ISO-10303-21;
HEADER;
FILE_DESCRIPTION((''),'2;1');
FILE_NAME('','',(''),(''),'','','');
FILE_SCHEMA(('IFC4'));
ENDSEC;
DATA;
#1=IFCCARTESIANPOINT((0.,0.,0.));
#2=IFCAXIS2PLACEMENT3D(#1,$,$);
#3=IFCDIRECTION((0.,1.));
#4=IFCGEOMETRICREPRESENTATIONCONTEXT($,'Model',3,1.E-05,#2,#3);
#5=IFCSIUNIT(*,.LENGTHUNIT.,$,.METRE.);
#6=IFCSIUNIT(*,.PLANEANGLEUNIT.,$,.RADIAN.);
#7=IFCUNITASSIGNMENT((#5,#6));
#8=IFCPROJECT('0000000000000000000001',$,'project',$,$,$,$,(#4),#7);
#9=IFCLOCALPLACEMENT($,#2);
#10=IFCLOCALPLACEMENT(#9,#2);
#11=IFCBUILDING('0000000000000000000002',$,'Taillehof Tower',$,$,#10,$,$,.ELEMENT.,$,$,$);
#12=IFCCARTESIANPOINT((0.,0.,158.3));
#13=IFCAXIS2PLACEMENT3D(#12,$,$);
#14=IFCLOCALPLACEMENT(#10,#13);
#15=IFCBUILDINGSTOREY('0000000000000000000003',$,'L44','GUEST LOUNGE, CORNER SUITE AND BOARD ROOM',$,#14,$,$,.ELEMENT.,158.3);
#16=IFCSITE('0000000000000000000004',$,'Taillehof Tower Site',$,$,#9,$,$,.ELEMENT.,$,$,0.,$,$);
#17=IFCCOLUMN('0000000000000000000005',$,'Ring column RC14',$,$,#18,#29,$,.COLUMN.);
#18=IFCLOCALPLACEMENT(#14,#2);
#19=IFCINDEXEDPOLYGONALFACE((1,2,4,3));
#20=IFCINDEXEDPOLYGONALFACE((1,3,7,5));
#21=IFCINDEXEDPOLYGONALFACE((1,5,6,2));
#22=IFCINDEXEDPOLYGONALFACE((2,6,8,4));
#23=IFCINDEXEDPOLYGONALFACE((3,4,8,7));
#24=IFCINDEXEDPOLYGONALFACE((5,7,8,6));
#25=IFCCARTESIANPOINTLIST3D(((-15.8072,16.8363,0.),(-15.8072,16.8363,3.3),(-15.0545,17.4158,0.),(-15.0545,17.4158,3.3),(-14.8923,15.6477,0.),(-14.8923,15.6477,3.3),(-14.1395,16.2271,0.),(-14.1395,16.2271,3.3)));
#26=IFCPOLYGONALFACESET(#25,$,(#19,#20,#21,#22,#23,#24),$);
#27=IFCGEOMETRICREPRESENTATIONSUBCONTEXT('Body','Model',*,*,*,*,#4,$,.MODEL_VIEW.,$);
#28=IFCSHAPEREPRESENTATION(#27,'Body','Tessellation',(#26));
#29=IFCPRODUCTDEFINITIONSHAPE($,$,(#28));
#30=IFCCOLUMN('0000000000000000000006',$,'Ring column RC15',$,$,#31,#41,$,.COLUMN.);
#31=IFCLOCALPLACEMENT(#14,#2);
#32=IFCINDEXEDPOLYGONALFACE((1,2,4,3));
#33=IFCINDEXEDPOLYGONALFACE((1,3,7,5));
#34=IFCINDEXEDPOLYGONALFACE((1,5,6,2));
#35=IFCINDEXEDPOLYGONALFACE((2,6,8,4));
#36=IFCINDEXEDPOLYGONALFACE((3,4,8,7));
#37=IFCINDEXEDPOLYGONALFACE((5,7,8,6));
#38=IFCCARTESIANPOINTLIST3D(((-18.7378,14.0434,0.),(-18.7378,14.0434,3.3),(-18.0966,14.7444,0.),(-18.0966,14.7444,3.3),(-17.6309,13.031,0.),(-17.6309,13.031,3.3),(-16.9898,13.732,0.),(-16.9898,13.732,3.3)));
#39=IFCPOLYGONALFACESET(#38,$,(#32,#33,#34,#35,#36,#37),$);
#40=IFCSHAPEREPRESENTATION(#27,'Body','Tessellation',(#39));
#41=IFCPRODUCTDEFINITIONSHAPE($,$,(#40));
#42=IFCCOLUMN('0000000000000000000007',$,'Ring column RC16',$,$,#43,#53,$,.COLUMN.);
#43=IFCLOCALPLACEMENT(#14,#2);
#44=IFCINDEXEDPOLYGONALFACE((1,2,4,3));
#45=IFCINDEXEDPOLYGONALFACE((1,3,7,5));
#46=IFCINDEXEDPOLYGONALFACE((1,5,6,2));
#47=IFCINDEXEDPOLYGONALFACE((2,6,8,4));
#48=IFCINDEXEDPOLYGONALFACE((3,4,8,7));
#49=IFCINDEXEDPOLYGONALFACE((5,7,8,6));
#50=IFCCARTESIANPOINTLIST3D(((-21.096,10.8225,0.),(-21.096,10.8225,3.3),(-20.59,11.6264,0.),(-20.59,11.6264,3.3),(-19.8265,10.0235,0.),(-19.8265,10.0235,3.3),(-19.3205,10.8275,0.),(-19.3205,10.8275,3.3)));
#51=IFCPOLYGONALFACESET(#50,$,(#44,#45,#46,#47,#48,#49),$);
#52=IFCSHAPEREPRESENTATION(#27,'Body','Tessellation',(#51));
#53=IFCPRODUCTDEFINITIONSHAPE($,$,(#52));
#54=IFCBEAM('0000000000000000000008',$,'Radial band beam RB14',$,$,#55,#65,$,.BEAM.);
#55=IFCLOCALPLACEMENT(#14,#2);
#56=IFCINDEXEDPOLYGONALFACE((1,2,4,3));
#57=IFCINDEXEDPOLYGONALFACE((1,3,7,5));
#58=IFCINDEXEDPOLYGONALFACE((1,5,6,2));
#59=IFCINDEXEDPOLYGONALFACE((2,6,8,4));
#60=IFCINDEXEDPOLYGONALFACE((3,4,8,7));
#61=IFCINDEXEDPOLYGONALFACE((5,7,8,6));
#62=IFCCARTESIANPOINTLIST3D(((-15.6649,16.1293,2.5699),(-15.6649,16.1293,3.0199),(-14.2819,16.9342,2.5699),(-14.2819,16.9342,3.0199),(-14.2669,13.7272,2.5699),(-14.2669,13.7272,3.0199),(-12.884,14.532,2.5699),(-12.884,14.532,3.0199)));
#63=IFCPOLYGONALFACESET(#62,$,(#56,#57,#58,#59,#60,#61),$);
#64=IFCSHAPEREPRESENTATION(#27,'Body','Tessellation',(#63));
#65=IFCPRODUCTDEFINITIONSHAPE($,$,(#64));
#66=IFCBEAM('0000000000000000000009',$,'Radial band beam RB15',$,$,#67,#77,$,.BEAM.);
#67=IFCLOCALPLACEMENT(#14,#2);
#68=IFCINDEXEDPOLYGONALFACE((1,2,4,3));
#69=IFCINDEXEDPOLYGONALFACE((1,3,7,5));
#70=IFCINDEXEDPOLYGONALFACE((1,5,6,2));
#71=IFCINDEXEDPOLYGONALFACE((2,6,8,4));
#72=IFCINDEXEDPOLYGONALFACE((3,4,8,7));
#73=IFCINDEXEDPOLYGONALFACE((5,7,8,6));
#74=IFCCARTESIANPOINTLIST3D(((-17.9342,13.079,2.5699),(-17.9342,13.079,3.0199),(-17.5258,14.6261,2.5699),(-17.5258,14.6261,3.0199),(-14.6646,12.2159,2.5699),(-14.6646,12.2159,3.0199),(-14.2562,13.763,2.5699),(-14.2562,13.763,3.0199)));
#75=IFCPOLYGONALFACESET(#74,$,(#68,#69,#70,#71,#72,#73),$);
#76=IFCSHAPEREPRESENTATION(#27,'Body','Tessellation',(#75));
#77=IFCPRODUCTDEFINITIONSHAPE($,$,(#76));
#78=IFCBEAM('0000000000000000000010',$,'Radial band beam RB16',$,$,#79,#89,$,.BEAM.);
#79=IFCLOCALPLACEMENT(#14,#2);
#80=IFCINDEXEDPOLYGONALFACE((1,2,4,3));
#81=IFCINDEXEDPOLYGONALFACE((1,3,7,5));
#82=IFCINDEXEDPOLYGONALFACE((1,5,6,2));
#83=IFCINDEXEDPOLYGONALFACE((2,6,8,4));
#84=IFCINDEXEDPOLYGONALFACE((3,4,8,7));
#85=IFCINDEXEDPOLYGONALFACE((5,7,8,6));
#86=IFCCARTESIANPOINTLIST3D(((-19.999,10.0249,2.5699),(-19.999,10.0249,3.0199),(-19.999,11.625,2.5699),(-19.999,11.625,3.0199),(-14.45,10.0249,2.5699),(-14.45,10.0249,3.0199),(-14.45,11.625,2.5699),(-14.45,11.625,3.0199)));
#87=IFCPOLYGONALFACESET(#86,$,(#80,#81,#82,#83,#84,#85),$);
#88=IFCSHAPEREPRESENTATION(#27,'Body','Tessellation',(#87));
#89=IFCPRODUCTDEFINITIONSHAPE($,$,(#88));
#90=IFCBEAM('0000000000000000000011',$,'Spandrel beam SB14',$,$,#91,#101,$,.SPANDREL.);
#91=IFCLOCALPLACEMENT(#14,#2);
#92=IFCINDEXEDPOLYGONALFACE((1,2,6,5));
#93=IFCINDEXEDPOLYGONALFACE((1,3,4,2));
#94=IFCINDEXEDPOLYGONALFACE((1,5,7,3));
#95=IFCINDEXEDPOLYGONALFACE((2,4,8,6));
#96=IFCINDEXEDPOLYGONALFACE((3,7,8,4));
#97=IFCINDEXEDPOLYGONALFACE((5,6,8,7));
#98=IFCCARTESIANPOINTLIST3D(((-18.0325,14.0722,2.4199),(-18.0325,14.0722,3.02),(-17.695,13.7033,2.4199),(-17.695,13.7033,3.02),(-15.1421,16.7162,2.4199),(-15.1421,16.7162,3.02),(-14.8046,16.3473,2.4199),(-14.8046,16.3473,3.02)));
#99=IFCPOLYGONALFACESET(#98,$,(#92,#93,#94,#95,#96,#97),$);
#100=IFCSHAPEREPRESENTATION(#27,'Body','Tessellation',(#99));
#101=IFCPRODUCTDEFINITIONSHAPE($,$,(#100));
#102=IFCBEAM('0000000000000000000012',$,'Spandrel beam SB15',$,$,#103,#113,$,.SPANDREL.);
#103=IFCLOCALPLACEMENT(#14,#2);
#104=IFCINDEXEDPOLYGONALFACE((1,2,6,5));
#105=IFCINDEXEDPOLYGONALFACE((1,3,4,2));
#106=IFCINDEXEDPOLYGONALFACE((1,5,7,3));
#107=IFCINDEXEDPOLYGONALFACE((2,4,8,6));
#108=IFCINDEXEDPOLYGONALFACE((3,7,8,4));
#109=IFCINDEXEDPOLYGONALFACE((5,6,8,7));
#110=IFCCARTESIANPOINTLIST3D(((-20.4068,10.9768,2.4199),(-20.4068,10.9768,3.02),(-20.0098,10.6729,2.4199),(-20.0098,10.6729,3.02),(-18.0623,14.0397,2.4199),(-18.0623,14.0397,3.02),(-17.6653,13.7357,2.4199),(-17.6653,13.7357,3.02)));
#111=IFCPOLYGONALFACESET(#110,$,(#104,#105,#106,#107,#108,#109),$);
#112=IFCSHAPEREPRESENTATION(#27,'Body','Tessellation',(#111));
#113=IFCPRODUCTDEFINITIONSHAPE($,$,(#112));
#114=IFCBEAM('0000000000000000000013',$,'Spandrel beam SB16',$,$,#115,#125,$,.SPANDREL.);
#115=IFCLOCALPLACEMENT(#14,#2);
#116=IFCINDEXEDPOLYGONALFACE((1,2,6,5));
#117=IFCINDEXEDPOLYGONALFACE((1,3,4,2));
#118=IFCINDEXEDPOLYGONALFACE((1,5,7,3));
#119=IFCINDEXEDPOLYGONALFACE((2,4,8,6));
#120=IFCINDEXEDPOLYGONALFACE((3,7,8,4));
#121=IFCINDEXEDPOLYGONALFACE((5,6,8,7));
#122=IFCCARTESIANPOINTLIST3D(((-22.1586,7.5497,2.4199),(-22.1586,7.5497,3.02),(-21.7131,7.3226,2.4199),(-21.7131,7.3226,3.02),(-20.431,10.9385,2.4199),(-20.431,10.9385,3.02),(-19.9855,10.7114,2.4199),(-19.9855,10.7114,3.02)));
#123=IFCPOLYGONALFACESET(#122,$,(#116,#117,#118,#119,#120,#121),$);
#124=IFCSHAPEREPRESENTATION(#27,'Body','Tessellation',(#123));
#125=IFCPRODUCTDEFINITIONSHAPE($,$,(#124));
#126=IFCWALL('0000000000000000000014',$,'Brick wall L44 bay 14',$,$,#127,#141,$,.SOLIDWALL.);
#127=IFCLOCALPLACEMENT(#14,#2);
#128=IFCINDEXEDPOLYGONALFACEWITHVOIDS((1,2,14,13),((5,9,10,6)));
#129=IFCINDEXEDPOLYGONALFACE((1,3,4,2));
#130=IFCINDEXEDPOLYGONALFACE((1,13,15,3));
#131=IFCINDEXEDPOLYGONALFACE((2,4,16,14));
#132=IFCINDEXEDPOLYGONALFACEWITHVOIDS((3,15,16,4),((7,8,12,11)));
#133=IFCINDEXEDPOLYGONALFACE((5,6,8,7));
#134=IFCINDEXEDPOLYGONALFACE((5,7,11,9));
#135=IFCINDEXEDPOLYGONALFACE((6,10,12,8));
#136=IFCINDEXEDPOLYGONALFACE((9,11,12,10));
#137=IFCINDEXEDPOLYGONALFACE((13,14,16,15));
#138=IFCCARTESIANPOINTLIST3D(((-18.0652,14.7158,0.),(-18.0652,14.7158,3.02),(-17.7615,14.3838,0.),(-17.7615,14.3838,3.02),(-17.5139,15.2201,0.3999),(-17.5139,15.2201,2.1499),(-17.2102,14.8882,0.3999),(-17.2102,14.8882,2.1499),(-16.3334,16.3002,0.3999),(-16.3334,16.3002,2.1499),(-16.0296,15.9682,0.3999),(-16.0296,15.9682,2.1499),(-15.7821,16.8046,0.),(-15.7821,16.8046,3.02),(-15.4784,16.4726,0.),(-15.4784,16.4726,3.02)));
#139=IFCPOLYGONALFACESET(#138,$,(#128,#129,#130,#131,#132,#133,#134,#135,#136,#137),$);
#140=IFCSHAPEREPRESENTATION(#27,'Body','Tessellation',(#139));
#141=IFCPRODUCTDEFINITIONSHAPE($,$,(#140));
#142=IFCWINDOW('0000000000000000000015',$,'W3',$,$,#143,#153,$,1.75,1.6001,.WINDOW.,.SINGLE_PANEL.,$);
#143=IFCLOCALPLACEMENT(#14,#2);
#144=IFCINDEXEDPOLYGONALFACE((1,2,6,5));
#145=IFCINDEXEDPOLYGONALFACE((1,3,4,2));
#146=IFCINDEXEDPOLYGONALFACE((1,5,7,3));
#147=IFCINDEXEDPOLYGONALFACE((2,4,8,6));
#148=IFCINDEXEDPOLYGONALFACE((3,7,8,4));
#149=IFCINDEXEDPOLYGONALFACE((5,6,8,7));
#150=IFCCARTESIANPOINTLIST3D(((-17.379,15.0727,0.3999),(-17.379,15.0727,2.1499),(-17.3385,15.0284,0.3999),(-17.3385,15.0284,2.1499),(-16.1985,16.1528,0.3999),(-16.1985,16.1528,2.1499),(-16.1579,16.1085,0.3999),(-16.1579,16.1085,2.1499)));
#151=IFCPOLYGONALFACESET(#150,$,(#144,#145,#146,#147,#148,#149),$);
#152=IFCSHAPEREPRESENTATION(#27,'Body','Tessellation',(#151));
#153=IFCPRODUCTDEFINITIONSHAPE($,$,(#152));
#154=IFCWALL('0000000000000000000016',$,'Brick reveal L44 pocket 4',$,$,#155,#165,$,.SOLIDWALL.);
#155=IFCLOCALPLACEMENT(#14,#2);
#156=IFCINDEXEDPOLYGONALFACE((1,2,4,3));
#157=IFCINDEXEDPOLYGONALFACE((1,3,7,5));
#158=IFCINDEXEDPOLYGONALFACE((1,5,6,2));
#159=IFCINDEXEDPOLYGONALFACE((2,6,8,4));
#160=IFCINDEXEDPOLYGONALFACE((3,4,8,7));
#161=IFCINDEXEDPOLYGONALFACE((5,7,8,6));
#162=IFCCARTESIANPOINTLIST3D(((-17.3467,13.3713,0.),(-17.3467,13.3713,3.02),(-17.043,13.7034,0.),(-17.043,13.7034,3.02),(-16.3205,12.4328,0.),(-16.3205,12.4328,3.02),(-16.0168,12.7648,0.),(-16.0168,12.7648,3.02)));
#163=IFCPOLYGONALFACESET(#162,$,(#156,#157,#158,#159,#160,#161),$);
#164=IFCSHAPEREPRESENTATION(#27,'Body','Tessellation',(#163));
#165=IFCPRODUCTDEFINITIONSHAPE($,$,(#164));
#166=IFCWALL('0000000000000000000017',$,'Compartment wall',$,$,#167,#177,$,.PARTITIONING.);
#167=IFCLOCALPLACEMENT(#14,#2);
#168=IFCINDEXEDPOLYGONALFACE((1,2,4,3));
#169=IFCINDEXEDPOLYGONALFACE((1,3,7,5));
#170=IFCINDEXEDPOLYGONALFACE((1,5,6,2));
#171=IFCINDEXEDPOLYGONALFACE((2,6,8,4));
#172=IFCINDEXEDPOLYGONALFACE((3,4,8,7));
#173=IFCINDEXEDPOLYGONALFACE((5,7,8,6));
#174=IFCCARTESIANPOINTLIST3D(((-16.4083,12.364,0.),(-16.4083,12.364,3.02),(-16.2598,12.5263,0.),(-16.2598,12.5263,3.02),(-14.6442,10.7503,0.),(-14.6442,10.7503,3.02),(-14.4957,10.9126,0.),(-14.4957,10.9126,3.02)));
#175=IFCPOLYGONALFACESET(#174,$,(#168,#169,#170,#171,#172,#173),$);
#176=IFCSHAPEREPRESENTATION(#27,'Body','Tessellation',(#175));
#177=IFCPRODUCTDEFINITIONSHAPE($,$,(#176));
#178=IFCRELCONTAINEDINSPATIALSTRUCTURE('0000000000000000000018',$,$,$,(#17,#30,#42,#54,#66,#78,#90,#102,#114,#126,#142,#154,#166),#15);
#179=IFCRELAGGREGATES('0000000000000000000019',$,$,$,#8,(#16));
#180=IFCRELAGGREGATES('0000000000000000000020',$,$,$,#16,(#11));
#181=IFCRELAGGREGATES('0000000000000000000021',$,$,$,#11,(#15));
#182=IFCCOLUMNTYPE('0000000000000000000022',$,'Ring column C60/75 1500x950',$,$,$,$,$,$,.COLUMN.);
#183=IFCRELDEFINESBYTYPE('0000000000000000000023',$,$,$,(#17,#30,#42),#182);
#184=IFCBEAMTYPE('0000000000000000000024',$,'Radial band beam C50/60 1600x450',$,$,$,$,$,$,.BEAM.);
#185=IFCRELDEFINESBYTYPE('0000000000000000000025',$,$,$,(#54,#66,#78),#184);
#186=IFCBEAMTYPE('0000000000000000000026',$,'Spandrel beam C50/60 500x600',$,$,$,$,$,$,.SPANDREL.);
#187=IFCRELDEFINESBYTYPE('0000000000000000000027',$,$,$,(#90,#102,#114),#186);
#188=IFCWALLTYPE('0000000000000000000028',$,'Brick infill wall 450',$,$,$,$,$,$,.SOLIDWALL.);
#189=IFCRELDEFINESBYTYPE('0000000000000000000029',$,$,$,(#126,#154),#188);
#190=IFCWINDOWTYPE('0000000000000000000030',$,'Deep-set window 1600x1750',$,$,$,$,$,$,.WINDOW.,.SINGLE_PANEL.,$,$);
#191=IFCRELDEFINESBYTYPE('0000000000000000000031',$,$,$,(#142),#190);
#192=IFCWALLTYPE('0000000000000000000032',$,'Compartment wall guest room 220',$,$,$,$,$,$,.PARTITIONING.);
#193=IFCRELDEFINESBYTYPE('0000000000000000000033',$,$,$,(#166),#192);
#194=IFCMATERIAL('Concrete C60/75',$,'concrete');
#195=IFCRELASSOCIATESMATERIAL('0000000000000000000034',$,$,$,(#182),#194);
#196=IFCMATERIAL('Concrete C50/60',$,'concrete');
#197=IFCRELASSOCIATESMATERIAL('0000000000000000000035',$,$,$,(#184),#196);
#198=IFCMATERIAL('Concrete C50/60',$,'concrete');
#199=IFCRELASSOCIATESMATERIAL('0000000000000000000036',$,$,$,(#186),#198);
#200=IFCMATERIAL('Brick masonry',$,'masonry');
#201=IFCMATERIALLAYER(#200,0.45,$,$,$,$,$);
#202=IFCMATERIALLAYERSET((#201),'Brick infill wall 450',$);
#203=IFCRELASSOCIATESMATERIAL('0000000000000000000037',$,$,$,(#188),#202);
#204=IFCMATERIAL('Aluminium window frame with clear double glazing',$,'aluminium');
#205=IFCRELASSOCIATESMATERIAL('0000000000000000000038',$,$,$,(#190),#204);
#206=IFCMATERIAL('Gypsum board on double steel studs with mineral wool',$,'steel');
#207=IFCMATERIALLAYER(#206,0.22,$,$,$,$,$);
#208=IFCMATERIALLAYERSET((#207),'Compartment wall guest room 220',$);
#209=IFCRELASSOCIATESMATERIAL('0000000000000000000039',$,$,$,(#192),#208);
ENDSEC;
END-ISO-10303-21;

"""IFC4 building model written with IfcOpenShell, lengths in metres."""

from ifc_helpers import new_model, si_unit, direction, frame, frame_2d, origin, origin_2d, place, context, subcontext, project, spatial, rectangle, extrude, material, layer, layer_set, material_profile, profile_set, type_object, element, fill, save


model = new_model("IFC4")

# Units and contexts
model_context = context("Model", 3, precision=1e-05, world=origin(), true_north=direction((0.0, 1.0)))
body_context = subcontext(model_context, "Body", "Model", "MODEL_VIEW")
ifc_project = project(units=[si_unit("LENGTHUNIT", "METRE"), si_unit("PLANEANGLEUNIT", "RADIAN")], contexts=[model_context])

# Site, building, storey
site_placement = place(None, origin())
site = spatial("IfcSite", under=ifc_project, at=site_placement, Name="Taillehof Tower Site", CompositionType="ELEMENT", RefElevation=0.0)
building_placement = place(site_placement, origin())
building = spatial("IfcBuilding", under=site, at=building_placement, Name="Taillehof Tower", CompositionType="ELEMENT")
storey_placement = place(building_placement, frame((0.0, 0.0, 158.3)))
storey = spatial("IfcBuildingStorey", under=building, at=storey_placement, Name="L44", Description="GUEST LOUNGE, CORNER SUITE AND BOARD ROOM", CompositionType="ELEMENT", Elevation=158.3)

# Columns
ifc_material_1 = material(Name="Concrete C60/75", Category="concrete")
ifc_material_profile_1 = material_profile(ifc_material_1, rectangle(XDim=1.5, YDim=0.95, at=origin_2d()), Name="RC 1500x950")
ifc_profile_set_1 = profile_set([ifc_material_profile_1], Name="Concrete C60/75")
column_type = type_object("IfcColumnType", Name="Ring column C60/75 1500x950", PredefinedType="COLUMN", material=ifc_profile_set_1)
for number, where, z_axis, x_axis, name in (
    (1, (-14.9734, 16.5317, 0.0), (0.0, 0.0, 1.0), (-0.609971, 0.792424, 0.0), "Ring column RC14"),
    (2, (-17.8638, 13.8877, 0.0), (0.0, 0.0, 1.0), (-0.737879, 0.674933, 0.0), "Ring column RC15"),
    (3, (-20.2083, 10.825, 0.0), (0.0, 0.0, 1.0), (-0.846334, 0.532652, 0.0), "Ring column RC16"),
):
    element("IfcColumn", number, at=place(storey_placement, frame(where, z_axis=z_axis, x_axis=x_axis)), inside=storey, type_object=column_type, Name=name, PredefinedType="COLUMN", context=body_context, shape_type="SweptSolid", body=[
        extrude(rectangle(XDim=1.5, YDim=0.95, at=origin_2d()), origin(), (0.0, 0.0, 1.0), 3.3),
    ])

# Beams
ifc_material_2 = material(Name="Concrete C50/60", Category="concrete")
ifc_material_profile_2 = material_profile(ifc_material_2, rectangle(XDim=1.6001, YDim=0.45, at=origin_2d()), Name="RC 1600x450")
ifc_profile_set_2 = profile_set([ifc_material_profile_2], Name="Concrete C50/60")
beam_type_1 = type_object("IfcBeamType", Name="Radial band beam C50/60 1600x450", PredefinedType="BEAM", material=ifc_profile_set_2)
beam_1_placement = place(storey_placement, frame((-14.9734, 16.5317, 2.7949), z_axis=(0.502991, -0.864291, 0.0), x_axis=(0.864291, 0.502991, 0.0)))
element("IfcBeam", 4, at=beam_1_placement, inside=storey, type_object=beam_type_1, Name="Radial band beam RB14", PredefinedType="BEAM", context=body_context, shape_type="SweptSolid", body=[
    extrude(rectangle(XDim=1.6001, YDim=0.45, at=origin_2d()), origin(), (0.0, 0.0, 1.0), 2.7793),
])
beam_2_placement = place(storey_placement, frame((-17.73, 13.8525, 2.7949), z_axis=(0.966883, -0.255222, 0.0), x_axis=(0.255222, 0.966883, 0.0)))
element("IfcBeam", 5, at=beam_2_placement, inside=storey, type_object=beam_type_1, Name="Radial band beam RB15", PredefinedType="BEAM", context=body_context, shape_type="SweptSolid", body=[
    extrude(rectangle(XDim=1.6001, YDim=0.45, at=origin_2d()), origin(), (0.0, 0.0, 1.0), 3.3816),
])
beam_3_placement = place(storey_placement, frame((-19.999, 10.825, 2.7949), z_axis=(1.0, 0.0, 0.0), x_axis=(0.0, 1.0, 0.0)))
element("IfcBeam", 6, at=beam_3_placement, inside=storey, type_object=beam_type_1, Name="Radial band beam RB16", PredefinedType="BEAM", context=body_context, shape_type="SweptSolid", body=[
    extrude(rectangle(XDim=1.6001, YDim=0.45, at=origin_2d()), origin(), (0.0, 0.0, 1.0), 5.5491),
])
ifc_material_3 = material(Name="Concrete C50/60", Category="concrete")
ifc_material_profile_3 = material_profile(ifc_material_3, rectangle(XDim=0.5, YDim=0.6001, at=origin_2d()), Name="RC 500x600")
ifc_profile_set_3 = profile_set([ifc_material_profile_3], Name="Concrete C50/60")
beam_type_2 = type_object("IfcBeamType", Name="Spandrel beam C50/60 500x600", PredefinedType="SPANDREL", material=ifc_profile_set_3)
beam_4_placement = place(storey_placement, frame((-14.9734, 16.5317, 2.72), z_axis=(-0.73785, -0.674965, 0.0), x_axis=(0.674965, -0.73785, 0.0)))
element("IfcBeam", 7, at=beam_4_placement, inside=storey, type_object=beam_type_2, Name="Spandrel beam SB14", PredefinedType="SPANDREL", context=body_context, shape_type="SweptSolid", body=[
    extrude(rectangle(XDim=0.5, YDim=0.6001, at=origin_2d()), origin(), (0.0, 0.0, 1.0), 3.9172),
])
beam_5_placement = place(storey_placement, frame((-17.8638, 13.8877, 2.72), z_axis=(-0.60784, -0.794059, 0.0), x_axis=(0.794059, -0.60784, 0.0)))
element("IfcBeam", 8, at=beam_5_placement, inside=storey, type_object=beam_type_2, Name="Spandrel beam SB15", PredefinedType="SPANDREL", context=body_context, shape_type="SweptSolid", body=[
    extrude(rectangle(XDim=0.5, YDim=0.6001, at=origin_2d()), origin(), (0.0, 0.0, 1.0), 3.8572),
])
beam_6_placement = place(storey_placement, frame((-20.2083, 10.825, 2.72), z_axis=(-0.454183, -0.890908, 0.0), x_axis=(0.890908, -0.454183, 0.0)))
element("IfcBeam", 9, at=beam_6_placement, inside=storey, type_object=beam_type_2, Name="Spandrel beam SB16", PredefinedType="SPANDREL", context=body_context, shape_type="SweptSolid", body=[
    extrude(rectangle(XDim=0.5, YDim=0.6001, at=origin_2d()), origin(), (0.0, 0.0, 1.0), 3.8037),
])

# Wall, opening, window
ifc_material_4 = material(Name="Brick masonry", Category="masonry")
ifc_layer_1 = layer(ifc_material_4, 0.45)
ifc_layer_set_1 = layer_set([ifc_layer_1], Name="Brick infill wall 450")
wall_type_1 = type_object("IfcWallType", Name="Brick infill wall 450", PredefinedType="SOLIDWALL", material=ifc_layer_set_1)
wall_1_placement = place(storey_placement, frame((-15.6301, 16.6387, 0.0), z_axis=(0.0, 0.0, 1.0), x_axis=(-0.737809, -0.67501, 0.0)))
wall_1 = element("IfcWall", 10, at=wall_1_placement, inside=storey, type_object=wall_type_1, Name="Brick wall L44 bay 14", PredefinedType="SOLIDWALL", context=body_context, shape_type="SweptSolid", body=[
    extrude(rectangle(XDim=3.0945, YDim=0.45, at=frame_2d((1.5474, 0.0))), origin(), (0.0, 0.0, 1.0), 3.02),
])
opening_1_placement = place(wall_1_placement, frame((0.7473, 0.0, 0.3999)))
opening_1 = element("IfcOpeningElement", 11, at=opening_1_placement, cuts=wall_1, PredefinedType="OPENING", context=body_context, shape_type="SweptSolid", body=[
    extrude(rectangle(XDim=1.6001, YDim=1.75, at=frame_2d((0.8, 0.875))), frame((0.0, 0.2349, 0.0), z_axis=(0.0, -1.0, 0.0), x_axis=(1.0, 0.0, 0.0)), (0.0, 0.0, 1.0), 0.47),
])
ifc_material_5 = material(Name="Aluminium window frame with clear double glazing", Category="aluminium")
window_type_1 = type_object("IfcWindowType", Name="Deep-set window 1600x1750", PartitioningType="SINGLE_PANEL", PredefinedType="WINDOW", material=ifc_material_5)
window_1_placement = place(opening_1_placement, origin())
window_1 = element("IfcWindow", 12, at=window_1_placement, inside=storey, type_object=window_type_1, Name="W3", OverallHeight=1.75, OverallWidth=1.6001, PartitioningType="SINGLE_PANEL", PredefinedType="WINDOW", context=body_context, shape_type="SweptSolid", body=[
    extrude(rectangle(XDim=1.6001, YDim=1.75, at=frame_2d((0.8, 0.875))), frame((0.0, 0.0349, 0.0), z_axis=(0.0, -1.0, 0.0), x_axis=(1.0, 0.0, 0.0)), (0.0, 0.0, 1.0), 0.0601),
])
fill(opening_1, window_1)

# Wall
wall_2_placement = place(storey_placement, frame((-17.1948, 13.5374, 0.0), z_axis=(0.0, 0.0, 1.0), x_axis=(0.737919, -0.674889, 0.0)))
element("IfcWall", 13, at=wall_2_placement, inside=storey, type_object=wall_type_1, Name="Brick reveal L44 pocket 4", PredefinedType="SOLIDWALL", context=body_context, shape_type="SweptSolid", body=[
    extrude(rectangle(XDim=1.3906, YDim=0.45, at=frame_2d((0.6953, 0.0))), origin(), (0.0, 0.0, 1.0), 3.02),
])

# Wall
ifc_material_6 = material(Name="Gypsum board on double steel studs with mineral wool", Category="steel")
ifc_layer_2 = layer(ifc_material_6, 0.22)
ifc_layer_set_2 = layer_set([ifc_layer_2], Name="Compartment wall guest room 220")
wall_type_2 = type_object("IfcWallType", Name="Compartment wall guest room 220", PredefinedType="PARTITIONING", material=ifc_layer_set_2)
wall_3_placement = place(storey_placement, frame((-16.334, 12.4451, 0.0), z_axis=(0.0, 0.0, 1.0), x_axis=(0.737857, -0.674957, 0.0)))
element("IfcWall", 14, at=wall_3_placement, inside=storey, type_object=wall_type_2, Name="Compartment wall", PredefinedType="PARTITIONING", context=body_context, shape_type="SweptSolid", body=[
    extrude(rectangle(XDim=2.3909, YDim=0.22, at=frame_2d((1.1953, 0.0))), origin(), (0.0, 0.0, 1.0), 3.02),
])

save(model, "model.ifc")
